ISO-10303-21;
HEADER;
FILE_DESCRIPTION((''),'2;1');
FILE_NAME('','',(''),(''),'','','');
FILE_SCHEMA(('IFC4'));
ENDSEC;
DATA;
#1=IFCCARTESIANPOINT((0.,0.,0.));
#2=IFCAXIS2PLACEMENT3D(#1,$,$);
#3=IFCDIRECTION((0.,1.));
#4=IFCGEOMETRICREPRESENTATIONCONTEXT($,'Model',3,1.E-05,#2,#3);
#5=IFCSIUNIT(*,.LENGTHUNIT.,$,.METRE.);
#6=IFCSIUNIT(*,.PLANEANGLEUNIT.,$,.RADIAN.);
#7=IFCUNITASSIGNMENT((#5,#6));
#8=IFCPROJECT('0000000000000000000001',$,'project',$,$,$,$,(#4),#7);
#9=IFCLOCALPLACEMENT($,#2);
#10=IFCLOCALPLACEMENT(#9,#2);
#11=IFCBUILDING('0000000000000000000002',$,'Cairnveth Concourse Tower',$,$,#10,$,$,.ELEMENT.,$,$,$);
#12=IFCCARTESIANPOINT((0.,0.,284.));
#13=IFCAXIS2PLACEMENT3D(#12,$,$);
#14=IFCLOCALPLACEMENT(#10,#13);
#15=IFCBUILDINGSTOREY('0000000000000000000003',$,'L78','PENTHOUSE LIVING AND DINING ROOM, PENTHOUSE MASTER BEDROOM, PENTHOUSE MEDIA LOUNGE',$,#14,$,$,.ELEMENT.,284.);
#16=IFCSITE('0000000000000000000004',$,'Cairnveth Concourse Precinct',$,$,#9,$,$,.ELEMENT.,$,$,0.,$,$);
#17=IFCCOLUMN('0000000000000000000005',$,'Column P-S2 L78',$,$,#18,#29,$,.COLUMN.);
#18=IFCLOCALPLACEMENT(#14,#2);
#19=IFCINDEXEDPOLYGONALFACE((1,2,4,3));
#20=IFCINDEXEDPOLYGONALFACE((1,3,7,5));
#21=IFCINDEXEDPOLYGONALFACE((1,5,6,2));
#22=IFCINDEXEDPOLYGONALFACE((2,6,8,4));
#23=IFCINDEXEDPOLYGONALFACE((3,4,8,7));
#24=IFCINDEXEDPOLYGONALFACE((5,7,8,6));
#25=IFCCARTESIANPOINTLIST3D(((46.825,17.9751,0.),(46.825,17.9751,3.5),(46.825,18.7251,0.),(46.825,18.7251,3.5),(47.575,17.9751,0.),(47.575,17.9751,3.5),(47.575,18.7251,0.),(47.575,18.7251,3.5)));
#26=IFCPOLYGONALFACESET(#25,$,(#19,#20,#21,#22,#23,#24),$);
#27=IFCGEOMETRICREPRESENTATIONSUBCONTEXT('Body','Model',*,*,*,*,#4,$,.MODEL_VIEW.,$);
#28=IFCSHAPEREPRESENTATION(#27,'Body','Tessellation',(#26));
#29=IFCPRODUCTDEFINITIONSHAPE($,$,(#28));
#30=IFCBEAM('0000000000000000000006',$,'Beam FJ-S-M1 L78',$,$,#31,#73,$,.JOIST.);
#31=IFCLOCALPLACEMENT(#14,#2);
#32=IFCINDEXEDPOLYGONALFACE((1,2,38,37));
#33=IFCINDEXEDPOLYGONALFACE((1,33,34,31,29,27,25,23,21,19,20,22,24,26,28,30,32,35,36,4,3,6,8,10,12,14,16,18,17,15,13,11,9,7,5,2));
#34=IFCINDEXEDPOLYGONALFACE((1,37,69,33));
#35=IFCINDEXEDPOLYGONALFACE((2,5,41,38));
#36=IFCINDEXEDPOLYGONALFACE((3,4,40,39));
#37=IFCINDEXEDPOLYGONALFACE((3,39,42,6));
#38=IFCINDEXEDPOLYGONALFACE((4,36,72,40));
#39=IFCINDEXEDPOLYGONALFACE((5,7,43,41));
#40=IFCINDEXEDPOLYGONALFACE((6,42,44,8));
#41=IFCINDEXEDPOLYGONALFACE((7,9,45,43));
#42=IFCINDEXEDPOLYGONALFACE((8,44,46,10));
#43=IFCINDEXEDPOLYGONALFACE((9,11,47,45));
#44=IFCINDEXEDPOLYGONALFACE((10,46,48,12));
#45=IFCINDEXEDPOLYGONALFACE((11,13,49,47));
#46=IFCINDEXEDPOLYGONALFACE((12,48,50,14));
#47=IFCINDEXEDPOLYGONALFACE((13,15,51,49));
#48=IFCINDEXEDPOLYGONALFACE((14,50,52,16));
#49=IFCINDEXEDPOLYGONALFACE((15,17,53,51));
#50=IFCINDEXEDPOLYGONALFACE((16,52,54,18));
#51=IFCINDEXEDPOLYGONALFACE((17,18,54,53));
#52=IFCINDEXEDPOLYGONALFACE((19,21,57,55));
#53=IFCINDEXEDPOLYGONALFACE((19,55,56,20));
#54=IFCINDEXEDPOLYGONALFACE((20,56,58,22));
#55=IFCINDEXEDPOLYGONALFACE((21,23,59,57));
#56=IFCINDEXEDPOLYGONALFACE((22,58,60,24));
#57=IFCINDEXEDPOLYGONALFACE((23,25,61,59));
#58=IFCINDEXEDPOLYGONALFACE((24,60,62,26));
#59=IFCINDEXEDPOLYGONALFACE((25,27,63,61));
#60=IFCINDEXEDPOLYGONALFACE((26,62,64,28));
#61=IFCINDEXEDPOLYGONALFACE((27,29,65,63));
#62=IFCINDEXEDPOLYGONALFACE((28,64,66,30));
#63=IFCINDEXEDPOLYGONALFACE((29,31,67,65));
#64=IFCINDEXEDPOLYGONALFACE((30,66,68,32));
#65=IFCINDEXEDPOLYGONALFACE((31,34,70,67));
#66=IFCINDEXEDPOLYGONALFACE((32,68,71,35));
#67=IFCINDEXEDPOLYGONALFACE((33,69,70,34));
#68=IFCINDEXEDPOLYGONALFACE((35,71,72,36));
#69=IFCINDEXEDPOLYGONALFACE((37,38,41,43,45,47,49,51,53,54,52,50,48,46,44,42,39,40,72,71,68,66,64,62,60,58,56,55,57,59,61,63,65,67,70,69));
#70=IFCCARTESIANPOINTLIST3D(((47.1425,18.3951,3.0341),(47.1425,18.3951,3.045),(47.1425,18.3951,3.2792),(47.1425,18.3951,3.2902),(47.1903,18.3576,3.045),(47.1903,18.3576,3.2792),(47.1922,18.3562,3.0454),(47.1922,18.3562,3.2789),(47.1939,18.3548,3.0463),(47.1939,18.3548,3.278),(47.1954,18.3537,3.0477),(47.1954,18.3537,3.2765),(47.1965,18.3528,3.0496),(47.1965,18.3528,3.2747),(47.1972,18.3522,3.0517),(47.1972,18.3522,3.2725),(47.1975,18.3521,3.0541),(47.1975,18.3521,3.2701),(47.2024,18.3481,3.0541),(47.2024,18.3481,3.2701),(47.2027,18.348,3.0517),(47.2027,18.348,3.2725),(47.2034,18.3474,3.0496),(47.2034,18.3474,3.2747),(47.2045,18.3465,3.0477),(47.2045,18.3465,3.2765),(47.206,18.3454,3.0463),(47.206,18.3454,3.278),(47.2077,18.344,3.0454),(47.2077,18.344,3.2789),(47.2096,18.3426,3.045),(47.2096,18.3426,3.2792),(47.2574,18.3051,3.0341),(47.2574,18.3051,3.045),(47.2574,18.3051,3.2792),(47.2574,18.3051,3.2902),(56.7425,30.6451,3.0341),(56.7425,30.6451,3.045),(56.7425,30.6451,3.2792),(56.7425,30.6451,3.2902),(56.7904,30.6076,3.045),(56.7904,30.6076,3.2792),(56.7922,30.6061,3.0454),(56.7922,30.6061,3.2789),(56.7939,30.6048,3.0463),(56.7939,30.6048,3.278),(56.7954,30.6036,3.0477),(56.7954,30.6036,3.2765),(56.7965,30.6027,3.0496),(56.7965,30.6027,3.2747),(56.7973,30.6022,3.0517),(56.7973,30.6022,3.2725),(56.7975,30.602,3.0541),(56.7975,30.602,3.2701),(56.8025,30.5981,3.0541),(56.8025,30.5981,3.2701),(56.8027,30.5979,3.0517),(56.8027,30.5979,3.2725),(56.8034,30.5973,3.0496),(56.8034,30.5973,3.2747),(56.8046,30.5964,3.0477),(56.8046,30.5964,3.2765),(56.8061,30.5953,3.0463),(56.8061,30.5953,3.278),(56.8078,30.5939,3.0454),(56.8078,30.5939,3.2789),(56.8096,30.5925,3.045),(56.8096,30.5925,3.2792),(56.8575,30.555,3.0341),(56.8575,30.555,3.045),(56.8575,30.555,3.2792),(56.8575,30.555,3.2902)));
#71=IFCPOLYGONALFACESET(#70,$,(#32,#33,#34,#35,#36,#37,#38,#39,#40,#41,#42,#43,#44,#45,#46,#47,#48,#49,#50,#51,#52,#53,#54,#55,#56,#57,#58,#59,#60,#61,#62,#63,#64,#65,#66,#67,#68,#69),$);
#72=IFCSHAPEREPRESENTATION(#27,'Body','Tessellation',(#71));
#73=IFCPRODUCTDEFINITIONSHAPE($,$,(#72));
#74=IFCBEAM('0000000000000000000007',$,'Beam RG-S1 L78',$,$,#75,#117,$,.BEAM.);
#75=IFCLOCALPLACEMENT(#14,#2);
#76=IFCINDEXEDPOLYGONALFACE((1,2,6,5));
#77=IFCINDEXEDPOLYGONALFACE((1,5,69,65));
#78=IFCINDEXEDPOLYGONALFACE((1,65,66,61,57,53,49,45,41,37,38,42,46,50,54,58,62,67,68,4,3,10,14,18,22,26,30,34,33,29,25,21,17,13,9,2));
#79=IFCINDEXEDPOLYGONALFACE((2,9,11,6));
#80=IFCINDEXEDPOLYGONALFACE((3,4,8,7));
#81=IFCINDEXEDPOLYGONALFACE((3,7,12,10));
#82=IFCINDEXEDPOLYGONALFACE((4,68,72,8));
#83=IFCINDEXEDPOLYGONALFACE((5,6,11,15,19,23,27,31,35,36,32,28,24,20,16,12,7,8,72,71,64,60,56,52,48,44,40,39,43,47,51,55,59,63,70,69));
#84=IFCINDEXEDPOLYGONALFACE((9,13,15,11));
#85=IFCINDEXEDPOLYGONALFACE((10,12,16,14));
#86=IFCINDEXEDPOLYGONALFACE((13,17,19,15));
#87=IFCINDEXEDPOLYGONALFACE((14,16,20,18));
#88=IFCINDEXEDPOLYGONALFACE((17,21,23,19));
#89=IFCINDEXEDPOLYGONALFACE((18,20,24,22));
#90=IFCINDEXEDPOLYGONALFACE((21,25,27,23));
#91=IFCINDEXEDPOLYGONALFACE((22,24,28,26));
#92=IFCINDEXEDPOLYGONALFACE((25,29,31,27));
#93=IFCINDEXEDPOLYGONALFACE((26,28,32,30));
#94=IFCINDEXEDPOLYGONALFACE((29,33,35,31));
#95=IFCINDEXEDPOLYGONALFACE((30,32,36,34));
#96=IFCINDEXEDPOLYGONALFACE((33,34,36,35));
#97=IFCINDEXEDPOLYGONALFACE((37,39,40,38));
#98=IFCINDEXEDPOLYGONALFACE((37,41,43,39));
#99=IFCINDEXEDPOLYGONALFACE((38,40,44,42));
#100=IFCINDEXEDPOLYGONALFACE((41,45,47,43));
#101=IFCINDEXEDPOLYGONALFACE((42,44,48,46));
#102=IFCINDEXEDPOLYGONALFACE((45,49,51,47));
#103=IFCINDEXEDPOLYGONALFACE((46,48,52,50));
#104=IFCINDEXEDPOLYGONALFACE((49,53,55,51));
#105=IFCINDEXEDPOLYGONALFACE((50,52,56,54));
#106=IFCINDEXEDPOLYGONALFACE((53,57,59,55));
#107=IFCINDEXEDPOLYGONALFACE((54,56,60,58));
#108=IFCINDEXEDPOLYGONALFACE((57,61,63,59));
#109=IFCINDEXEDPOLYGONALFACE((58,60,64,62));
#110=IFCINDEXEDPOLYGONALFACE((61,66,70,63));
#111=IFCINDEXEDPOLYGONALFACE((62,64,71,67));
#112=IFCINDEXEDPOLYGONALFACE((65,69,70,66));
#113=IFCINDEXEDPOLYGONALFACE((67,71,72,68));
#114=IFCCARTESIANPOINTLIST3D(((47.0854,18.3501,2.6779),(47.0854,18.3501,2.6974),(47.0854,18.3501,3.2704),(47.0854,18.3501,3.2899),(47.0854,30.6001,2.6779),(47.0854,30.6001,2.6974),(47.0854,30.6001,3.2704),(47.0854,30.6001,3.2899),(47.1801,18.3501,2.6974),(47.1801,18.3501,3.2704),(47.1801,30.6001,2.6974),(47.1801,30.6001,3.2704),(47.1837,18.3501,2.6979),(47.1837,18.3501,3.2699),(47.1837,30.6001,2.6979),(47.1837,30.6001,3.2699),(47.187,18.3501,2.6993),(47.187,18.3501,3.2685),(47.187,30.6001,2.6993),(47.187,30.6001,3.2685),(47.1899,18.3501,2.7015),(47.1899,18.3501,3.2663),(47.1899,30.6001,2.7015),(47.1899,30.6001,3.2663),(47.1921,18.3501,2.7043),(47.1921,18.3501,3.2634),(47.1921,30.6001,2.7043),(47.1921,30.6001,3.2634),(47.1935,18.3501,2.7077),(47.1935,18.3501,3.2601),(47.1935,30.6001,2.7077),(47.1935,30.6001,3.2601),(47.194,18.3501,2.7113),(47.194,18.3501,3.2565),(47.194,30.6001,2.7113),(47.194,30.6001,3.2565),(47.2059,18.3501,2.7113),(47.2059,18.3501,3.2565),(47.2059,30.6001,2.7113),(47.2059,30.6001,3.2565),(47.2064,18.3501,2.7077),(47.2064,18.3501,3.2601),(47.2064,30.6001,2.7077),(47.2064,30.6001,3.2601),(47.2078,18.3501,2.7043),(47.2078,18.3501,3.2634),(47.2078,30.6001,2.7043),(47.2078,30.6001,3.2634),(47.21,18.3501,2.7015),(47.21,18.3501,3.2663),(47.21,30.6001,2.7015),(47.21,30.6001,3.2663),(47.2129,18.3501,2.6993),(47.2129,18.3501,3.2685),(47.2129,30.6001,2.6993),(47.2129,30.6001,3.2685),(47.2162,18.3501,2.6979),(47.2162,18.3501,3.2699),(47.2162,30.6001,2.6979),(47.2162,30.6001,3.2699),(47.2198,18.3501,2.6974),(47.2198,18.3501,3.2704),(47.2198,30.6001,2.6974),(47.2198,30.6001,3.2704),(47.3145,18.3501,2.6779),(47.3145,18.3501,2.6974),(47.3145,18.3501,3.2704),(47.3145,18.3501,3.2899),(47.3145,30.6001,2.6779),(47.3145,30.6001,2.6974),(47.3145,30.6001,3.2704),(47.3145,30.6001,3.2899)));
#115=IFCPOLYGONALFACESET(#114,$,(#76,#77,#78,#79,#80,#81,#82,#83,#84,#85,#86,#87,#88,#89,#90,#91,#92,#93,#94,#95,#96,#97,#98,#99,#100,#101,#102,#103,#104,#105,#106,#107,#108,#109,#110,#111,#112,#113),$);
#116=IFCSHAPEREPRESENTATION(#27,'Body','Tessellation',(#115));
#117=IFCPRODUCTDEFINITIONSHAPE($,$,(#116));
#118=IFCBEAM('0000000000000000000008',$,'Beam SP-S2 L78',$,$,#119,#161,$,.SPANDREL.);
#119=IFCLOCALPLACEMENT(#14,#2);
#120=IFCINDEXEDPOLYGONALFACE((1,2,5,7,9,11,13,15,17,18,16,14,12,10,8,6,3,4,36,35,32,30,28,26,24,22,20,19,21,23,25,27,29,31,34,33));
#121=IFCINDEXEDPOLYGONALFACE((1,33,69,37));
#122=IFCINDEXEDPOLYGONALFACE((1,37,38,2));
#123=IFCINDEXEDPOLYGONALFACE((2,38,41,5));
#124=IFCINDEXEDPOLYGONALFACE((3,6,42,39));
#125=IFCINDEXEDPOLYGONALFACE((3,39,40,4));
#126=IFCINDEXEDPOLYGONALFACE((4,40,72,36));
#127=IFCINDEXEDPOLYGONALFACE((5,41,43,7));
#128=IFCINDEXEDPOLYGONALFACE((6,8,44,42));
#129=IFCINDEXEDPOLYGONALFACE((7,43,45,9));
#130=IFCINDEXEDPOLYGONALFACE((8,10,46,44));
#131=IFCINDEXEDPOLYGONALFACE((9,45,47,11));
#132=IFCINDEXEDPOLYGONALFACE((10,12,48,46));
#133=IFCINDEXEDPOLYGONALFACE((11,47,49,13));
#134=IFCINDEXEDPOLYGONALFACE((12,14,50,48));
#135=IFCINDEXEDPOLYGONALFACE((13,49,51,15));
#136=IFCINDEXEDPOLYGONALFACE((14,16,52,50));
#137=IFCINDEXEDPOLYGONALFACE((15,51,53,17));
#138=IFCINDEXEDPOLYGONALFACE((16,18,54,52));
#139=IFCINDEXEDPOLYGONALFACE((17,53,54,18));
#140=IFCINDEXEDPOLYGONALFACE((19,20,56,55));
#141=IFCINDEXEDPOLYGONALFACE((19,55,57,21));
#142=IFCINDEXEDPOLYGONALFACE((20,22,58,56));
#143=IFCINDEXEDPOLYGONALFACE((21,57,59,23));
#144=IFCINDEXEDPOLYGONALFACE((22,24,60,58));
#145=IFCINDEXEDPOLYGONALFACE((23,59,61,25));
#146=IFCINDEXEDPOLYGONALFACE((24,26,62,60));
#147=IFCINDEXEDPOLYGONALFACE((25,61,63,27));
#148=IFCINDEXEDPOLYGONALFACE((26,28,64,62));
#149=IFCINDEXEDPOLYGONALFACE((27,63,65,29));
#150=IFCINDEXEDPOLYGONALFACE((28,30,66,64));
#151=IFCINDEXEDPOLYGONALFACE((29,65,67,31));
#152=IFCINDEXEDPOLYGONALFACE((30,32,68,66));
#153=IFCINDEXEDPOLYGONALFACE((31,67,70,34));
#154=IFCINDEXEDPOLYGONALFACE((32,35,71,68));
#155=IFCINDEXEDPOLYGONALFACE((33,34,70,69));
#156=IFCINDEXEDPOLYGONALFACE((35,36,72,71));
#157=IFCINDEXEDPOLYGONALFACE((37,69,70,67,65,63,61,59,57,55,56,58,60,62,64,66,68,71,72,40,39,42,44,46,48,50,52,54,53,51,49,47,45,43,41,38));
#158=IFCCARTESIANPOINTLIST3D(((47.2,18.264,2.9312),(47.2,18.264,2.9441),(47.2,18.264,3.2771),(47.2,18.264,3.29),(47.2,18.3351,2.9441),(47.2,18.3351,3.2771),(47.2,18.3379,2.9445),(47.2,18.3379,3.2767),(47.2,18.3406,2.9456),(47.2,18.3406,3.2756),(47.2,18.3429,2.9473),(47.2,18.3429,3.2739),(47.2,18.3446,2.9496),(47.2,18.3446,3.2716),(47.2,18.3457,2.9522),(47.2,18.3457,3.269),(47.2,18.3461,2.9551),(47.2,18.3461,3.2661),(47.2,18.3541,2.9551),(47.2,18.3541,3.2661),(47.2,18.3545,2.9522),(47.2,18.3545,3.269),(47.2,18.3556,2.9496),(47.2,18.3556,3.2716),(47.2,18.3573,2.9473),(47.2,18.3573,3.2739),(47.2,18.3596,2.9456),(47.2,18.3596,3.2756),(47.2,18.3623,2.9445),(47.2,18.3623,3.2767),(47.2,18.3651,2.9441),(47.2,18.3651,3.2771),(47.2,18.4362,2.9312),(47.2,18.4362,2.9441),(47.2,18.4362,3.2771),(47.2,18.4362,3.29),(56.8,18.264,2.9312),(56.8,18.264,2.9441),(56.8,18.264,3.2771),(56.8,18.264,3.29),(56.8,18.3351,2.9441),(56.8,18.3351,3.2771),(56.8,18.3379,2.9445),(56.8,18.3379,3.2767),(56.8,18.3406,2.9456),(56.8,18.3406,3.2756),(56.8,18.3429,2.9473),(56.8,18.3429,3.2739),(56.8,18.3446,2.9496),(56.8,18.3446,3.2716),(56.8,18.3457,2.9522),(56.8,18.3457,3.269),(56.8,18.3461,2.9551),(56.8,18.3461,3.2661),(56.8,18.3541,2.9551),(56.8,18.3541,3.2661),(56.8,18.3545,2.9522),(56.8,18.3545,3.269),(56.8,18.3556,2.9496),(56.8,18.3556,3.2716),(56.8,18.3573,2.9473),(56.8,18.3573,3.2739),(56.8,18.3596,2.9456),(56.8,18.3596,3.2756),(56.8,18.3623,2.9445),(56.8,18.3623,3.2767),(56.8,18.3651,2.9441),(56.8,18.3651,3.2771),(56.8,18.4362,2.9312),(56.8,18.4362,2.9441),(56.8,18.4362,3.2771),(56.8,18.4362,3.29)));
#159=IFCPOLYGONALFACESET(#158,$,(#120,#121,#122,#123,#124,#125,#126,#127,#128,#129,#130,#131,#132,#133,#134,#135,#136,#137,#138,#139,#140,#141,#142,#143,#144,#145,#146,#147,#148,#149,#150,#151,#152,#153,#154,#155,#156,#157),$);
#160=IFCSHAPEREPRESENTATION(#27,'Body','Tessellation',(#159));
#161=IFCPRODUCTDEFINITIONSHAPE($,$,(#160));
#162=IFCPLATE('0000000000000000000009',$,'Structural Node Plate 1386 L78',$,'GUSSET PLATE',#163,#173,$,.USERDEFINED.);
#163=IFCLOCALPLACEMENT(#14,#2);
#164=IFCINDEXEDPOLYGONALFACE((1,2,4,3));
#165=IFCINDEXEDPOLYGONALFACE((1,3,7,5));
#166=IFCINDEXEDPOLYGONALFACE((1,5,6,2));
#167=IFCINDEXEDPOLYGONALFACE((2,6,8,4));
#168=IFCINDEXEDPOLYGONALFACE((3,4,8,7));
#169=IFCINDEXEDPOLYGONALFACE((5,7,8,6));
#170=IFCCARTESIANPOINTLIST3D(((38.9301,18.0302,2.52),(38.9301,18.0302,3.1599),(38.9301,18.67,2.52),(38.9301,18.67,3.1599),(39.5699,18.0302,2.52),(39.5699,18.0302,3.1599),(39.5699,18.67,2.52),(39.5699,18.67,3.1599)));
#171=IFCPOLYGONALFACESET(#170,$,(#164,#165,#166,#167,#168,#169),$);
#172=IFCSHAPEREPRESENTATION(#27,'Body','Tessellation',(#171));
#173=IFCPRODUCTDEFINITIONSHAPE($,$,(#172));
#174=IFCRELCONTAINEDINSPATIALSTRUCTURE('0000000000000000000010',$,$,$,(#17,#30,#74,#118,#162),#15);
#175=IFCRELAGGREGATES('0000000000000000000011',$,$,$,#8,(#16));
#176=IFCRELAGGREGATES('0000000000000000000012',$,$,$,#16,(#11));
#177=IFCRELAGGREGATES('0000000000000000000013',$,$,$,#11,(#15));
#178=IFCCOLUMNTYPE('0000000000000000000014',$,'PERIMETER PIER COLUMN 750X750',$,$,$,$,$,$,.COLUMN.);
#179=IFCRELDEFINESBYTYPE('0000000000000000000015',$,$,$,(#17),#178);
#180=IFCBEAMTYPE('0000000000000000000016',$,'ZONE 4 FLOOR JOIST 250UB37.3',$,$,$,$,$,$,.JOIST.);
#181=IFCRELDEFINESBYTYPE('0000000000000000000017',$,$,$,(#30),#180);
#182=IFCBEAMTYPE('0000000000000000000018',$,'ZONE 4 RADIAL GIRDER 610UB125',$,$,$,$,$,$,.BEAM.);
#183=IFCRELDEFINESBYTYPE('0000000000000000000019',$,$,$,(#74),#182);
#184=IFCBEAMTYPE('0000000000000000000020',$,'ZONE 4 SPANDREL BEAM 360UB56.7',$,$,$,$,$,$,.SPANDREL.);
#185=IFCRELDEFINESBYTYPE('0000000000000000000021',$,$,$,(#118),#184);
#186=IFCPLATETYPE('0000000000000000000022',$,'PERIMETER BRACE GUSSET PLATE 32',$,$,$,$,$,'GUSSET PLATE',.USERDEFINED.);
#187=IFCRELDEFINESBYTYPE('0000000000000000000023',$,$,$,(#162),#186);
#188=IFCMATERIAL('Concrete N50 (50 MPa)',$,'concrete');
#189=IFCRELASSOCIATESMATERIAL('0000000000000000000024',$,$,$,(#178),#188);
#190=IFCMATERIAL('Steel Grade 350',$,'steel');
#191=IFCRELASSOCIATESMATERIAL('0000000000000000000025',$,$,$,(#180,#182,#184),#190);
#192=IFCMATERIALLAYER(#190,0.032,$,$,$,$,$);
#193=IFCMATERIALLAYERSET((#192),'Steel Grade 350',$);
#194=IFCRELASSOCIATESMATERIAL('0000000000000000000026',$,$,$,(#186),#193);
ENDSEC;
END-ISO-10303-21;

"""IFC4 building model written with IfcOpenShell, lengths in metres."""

from ifc_helpers import new_model, si_unit, direction, frame, origin, origin_2d, place, context, subcontext, project, spatial, rectangle, i_section, extrude, material, layer, layer_set, material_profile, profile_set, type_object, element, save


model = new_model("IFC4")

# Units and contexts
model_context = context("Model", 3, precision=1e-05, world=origin(), true_north=direction((0.0, 1.0)))
body_context = subcontext(model_context, "Body", "Model", "MODEL_VIEW")
ifc_project = project(units=[si_unit("LENGTHUNIT", "METRE"), si_unit("PLANEANGLEUNIT", "RADIAN")], contexts=[model_context])

# Site, building, storey
site_placement = place(None, origin())
site = spatial("IfcSite", under=ifc_project, at=site_placement, Name="Cairnveth Concourse Precinct", CompositionType="ELEMENT", RefElevation=0.0)
building_placement = place(site_placement, origin())
building = spatial("IfcBuilding", under=site, at=building_placement, Name="Cairnveth Concourse Tower", CompositionType="ELEMENT")
storey_placement = place(building_placement, frame((0.0, 0.0, 284.0)))
storey = spatial("IfcBuildingStorey", under=building, at=storey_placement, Name="L78", Description="PENTHOUSE LIVING AND DINING ROOM, PENTHOUSE MASTER BEDROOM, PENTHOUSE MEDIA LOUNGE", CompositionType="ELEMENT", Elevation=284.0)

# Column
ifc_material_1 = material(Name="Concrete N50 (50 MPa)", Category="concrete")
ifc_material_profile_1 = material_profile(ifc_material_1, rectangle(XDim=0.75, YDim=0.75, at=origin_2d()), Name="RC-COL-750x750")
ifc_profile_set_1 = profile_set([ifc_material_profile_1], Name="Concrete N50 (50 MPa)")
column_type = type_object("IfcColumnType", Name="PERIMETER PIER COLUMN 750X750", PredefinedType="COLUMN", material=ifc_profile_set_1)
column_placement = place(storey_placement, frame((47.2, 18.3501, 0.0), z_axis=(0.0, 0.0, 1.0), x_axis=(1.0, 0.0, 0.0)))
element("IfcColumn", 1, at=column_placement, inside=storey, type_object=column_type, Name="Column P-S2 L78", PredefinedType="COLUMN", context=body_context, shape_type="SweptSolid", body=[
    extrude(rectangle(XDim=0.75, YDim=0.75, at=origin_2d()), origin(), (0.0, 0.0, 1.0), 3.5),
])

# Beams
ifc_material_2 = material(Name="Steel Grade 350", Category="steel")
ifc_material_profile_2 = material_profile(ifc_material_2, i_section(OverallWidth=0.146, OverallDepth=0.2561, WebThickness=0.0063, FlangeThickness=0.011, FilletRadius=0.009, at=origin_2d()), Name="250UB37.3")
ifc_profile_set_2 = profile_set([ifc_material_profile_2], Name="Steel Grade 350")
beam_type_1 = type_object("IfcBeamType", Name="ZONE 4 FLOOR JOIST 250UB37.3", PredefinedType="JOIST", material=ifc_profile_set_2)
beam_1_placement = place(storey_placement, frame((47.2, 18.3501, 3.1621), z_axis=(0.616832, 0.787095, 0.0), x_axis=(-0.787095, 0.616832, 0.0)))
element("IfcBeam", 2, at=beam_1_placement, inside=storey, type_object=beam_type_1, Name="Beam FJ-S-M1 L78", PredefinedType="JOIST", context=body_context, shape_type="SweptSolid", body=[
    extrude(i_section(OverallWidth=0.146, OverallDepth=0.2561, WebThickness=0.0063, FlangeThickness=0.011, FilletRadius=0.009, at=origin_2d()), origin(), (0.0, 0.0, 1.0), 15.5635),
])
ifc_material_profile_3 = material_profile(ifc_material_2, i_section(OverallWidth=0.229, OverallDepth=0.6121, WebThickness=0.012, FlangeThickness=0.0195, FilletRadius=0.0139, at=origin_2d()), Name="610UB125")
ifc_profile_set_3 = profile_set([ifc_material_profile_3], Name="Steel Grade 350")
beam_type_2 = type_object("IfcBeamType", Name="ZONE 4 RADIAL GIRDER 610UB125", PredefinedType="BEAM", material=ifc_profile_set_3)
beam_2_placement = place(storey_placement, frame((47.2, 18.3501, 2.9839), z_axis=(0.0, 1.0, 0.0), x_axis=(-1.0, 0.0, 0.0)))
element("IfcBeam", 3, at=beam_2_placement, inside=storey, type_object=beam_type_2, Name="Beam RG-S1 L78", PredefinedType="BEAM", context=body_context, shape_type="SweptSolid", body=[
    extrude(i_section(OverallWidth=0.229, OverallDepth=0.6121, WebThickness=0.012, FlangeThickness=0.0195, FilletRadius=0.0139, at=origin_2d()), origin(), (0.0, 0.0, 1.0), 12.25),
])
ifc_material_profile_4 = material_profile(ifc_material_2, i_section(OverallWidth=0.1721, OverallDepth=0.3589, WebThickness=0.0081, FlangeThickness=0.0129, FilletRadius=0.011, at=origin_2d()), Name="360UB56.7")
ifc_profile_set_4 = profile_set([ifc_material_profile_4], Name="Steel Grade 350")
beam_type_3 = type_object("IfcBeamType", Name="ZONE 4 SPANDREL BEAM 360UB56.7", PredefinedType="SPANDREL", material=ifc_profile_set_4)
beam_3_placement = place(storey_placement, frame((47.2, 18.3501, 3.1106), z_axis=(1.0, 0.0, 0.0), x_axis=(0.0, 1.0, 0.0)))
element("IfcBeam", 4, at=beam_3_placement, inside=storey, type_object=beam_type_3, Name="Beam SP-S2 L78", PredefinedType="SPANDREL", context=body_context, shape_type="SweptSolid", body=[
    extrude(i_section(OverallWidth=0.1721, OverallDepth=0.3589, WebThickness=0.0081, FlangeThickness=0.0129, FilletRadius=0.011, at=origin_2d()), origin(), (0.0, 0.0, 1.0), 9.6001),
])

# Plate
ifc_layer_1 = layer(ifc_material_2, 0.032)
ifc_layer_set_1 = layer_set([ifc_layer_1], Name="Steel Grade 350")
plate_type = type_object("IfcPlateType", Name="PERIMETER BRACE GUSSET PLATE 32", ElementType="GUSSET PLATE", PredefinedType="USERDEFINED", material=ifc_layer_set_1)
plate_placement = place(storey_placement, frame((39.25, 18.3501, 2.52), z_axis=(0.0, 0.0, 1.0), x_axis=(1.0, 0.0, 0.0)))
element("IfcPlate", 5, at=plate_placement, inside=storey, type_object=plate_type, Name="Structural Node Plate 1386 L78", ObjectType="GUSSET PLATE", PredefinedType="USERDEFINED", context=body_context, shape_type="SweptSolid", body=[
    extrude(rectangle(XDim=0.6399, YDim=0.6399, at=origin_2d()), origin(), (0.0, 0.0, 1.0), 0.6399),
])

save(model, "model.ifc")
